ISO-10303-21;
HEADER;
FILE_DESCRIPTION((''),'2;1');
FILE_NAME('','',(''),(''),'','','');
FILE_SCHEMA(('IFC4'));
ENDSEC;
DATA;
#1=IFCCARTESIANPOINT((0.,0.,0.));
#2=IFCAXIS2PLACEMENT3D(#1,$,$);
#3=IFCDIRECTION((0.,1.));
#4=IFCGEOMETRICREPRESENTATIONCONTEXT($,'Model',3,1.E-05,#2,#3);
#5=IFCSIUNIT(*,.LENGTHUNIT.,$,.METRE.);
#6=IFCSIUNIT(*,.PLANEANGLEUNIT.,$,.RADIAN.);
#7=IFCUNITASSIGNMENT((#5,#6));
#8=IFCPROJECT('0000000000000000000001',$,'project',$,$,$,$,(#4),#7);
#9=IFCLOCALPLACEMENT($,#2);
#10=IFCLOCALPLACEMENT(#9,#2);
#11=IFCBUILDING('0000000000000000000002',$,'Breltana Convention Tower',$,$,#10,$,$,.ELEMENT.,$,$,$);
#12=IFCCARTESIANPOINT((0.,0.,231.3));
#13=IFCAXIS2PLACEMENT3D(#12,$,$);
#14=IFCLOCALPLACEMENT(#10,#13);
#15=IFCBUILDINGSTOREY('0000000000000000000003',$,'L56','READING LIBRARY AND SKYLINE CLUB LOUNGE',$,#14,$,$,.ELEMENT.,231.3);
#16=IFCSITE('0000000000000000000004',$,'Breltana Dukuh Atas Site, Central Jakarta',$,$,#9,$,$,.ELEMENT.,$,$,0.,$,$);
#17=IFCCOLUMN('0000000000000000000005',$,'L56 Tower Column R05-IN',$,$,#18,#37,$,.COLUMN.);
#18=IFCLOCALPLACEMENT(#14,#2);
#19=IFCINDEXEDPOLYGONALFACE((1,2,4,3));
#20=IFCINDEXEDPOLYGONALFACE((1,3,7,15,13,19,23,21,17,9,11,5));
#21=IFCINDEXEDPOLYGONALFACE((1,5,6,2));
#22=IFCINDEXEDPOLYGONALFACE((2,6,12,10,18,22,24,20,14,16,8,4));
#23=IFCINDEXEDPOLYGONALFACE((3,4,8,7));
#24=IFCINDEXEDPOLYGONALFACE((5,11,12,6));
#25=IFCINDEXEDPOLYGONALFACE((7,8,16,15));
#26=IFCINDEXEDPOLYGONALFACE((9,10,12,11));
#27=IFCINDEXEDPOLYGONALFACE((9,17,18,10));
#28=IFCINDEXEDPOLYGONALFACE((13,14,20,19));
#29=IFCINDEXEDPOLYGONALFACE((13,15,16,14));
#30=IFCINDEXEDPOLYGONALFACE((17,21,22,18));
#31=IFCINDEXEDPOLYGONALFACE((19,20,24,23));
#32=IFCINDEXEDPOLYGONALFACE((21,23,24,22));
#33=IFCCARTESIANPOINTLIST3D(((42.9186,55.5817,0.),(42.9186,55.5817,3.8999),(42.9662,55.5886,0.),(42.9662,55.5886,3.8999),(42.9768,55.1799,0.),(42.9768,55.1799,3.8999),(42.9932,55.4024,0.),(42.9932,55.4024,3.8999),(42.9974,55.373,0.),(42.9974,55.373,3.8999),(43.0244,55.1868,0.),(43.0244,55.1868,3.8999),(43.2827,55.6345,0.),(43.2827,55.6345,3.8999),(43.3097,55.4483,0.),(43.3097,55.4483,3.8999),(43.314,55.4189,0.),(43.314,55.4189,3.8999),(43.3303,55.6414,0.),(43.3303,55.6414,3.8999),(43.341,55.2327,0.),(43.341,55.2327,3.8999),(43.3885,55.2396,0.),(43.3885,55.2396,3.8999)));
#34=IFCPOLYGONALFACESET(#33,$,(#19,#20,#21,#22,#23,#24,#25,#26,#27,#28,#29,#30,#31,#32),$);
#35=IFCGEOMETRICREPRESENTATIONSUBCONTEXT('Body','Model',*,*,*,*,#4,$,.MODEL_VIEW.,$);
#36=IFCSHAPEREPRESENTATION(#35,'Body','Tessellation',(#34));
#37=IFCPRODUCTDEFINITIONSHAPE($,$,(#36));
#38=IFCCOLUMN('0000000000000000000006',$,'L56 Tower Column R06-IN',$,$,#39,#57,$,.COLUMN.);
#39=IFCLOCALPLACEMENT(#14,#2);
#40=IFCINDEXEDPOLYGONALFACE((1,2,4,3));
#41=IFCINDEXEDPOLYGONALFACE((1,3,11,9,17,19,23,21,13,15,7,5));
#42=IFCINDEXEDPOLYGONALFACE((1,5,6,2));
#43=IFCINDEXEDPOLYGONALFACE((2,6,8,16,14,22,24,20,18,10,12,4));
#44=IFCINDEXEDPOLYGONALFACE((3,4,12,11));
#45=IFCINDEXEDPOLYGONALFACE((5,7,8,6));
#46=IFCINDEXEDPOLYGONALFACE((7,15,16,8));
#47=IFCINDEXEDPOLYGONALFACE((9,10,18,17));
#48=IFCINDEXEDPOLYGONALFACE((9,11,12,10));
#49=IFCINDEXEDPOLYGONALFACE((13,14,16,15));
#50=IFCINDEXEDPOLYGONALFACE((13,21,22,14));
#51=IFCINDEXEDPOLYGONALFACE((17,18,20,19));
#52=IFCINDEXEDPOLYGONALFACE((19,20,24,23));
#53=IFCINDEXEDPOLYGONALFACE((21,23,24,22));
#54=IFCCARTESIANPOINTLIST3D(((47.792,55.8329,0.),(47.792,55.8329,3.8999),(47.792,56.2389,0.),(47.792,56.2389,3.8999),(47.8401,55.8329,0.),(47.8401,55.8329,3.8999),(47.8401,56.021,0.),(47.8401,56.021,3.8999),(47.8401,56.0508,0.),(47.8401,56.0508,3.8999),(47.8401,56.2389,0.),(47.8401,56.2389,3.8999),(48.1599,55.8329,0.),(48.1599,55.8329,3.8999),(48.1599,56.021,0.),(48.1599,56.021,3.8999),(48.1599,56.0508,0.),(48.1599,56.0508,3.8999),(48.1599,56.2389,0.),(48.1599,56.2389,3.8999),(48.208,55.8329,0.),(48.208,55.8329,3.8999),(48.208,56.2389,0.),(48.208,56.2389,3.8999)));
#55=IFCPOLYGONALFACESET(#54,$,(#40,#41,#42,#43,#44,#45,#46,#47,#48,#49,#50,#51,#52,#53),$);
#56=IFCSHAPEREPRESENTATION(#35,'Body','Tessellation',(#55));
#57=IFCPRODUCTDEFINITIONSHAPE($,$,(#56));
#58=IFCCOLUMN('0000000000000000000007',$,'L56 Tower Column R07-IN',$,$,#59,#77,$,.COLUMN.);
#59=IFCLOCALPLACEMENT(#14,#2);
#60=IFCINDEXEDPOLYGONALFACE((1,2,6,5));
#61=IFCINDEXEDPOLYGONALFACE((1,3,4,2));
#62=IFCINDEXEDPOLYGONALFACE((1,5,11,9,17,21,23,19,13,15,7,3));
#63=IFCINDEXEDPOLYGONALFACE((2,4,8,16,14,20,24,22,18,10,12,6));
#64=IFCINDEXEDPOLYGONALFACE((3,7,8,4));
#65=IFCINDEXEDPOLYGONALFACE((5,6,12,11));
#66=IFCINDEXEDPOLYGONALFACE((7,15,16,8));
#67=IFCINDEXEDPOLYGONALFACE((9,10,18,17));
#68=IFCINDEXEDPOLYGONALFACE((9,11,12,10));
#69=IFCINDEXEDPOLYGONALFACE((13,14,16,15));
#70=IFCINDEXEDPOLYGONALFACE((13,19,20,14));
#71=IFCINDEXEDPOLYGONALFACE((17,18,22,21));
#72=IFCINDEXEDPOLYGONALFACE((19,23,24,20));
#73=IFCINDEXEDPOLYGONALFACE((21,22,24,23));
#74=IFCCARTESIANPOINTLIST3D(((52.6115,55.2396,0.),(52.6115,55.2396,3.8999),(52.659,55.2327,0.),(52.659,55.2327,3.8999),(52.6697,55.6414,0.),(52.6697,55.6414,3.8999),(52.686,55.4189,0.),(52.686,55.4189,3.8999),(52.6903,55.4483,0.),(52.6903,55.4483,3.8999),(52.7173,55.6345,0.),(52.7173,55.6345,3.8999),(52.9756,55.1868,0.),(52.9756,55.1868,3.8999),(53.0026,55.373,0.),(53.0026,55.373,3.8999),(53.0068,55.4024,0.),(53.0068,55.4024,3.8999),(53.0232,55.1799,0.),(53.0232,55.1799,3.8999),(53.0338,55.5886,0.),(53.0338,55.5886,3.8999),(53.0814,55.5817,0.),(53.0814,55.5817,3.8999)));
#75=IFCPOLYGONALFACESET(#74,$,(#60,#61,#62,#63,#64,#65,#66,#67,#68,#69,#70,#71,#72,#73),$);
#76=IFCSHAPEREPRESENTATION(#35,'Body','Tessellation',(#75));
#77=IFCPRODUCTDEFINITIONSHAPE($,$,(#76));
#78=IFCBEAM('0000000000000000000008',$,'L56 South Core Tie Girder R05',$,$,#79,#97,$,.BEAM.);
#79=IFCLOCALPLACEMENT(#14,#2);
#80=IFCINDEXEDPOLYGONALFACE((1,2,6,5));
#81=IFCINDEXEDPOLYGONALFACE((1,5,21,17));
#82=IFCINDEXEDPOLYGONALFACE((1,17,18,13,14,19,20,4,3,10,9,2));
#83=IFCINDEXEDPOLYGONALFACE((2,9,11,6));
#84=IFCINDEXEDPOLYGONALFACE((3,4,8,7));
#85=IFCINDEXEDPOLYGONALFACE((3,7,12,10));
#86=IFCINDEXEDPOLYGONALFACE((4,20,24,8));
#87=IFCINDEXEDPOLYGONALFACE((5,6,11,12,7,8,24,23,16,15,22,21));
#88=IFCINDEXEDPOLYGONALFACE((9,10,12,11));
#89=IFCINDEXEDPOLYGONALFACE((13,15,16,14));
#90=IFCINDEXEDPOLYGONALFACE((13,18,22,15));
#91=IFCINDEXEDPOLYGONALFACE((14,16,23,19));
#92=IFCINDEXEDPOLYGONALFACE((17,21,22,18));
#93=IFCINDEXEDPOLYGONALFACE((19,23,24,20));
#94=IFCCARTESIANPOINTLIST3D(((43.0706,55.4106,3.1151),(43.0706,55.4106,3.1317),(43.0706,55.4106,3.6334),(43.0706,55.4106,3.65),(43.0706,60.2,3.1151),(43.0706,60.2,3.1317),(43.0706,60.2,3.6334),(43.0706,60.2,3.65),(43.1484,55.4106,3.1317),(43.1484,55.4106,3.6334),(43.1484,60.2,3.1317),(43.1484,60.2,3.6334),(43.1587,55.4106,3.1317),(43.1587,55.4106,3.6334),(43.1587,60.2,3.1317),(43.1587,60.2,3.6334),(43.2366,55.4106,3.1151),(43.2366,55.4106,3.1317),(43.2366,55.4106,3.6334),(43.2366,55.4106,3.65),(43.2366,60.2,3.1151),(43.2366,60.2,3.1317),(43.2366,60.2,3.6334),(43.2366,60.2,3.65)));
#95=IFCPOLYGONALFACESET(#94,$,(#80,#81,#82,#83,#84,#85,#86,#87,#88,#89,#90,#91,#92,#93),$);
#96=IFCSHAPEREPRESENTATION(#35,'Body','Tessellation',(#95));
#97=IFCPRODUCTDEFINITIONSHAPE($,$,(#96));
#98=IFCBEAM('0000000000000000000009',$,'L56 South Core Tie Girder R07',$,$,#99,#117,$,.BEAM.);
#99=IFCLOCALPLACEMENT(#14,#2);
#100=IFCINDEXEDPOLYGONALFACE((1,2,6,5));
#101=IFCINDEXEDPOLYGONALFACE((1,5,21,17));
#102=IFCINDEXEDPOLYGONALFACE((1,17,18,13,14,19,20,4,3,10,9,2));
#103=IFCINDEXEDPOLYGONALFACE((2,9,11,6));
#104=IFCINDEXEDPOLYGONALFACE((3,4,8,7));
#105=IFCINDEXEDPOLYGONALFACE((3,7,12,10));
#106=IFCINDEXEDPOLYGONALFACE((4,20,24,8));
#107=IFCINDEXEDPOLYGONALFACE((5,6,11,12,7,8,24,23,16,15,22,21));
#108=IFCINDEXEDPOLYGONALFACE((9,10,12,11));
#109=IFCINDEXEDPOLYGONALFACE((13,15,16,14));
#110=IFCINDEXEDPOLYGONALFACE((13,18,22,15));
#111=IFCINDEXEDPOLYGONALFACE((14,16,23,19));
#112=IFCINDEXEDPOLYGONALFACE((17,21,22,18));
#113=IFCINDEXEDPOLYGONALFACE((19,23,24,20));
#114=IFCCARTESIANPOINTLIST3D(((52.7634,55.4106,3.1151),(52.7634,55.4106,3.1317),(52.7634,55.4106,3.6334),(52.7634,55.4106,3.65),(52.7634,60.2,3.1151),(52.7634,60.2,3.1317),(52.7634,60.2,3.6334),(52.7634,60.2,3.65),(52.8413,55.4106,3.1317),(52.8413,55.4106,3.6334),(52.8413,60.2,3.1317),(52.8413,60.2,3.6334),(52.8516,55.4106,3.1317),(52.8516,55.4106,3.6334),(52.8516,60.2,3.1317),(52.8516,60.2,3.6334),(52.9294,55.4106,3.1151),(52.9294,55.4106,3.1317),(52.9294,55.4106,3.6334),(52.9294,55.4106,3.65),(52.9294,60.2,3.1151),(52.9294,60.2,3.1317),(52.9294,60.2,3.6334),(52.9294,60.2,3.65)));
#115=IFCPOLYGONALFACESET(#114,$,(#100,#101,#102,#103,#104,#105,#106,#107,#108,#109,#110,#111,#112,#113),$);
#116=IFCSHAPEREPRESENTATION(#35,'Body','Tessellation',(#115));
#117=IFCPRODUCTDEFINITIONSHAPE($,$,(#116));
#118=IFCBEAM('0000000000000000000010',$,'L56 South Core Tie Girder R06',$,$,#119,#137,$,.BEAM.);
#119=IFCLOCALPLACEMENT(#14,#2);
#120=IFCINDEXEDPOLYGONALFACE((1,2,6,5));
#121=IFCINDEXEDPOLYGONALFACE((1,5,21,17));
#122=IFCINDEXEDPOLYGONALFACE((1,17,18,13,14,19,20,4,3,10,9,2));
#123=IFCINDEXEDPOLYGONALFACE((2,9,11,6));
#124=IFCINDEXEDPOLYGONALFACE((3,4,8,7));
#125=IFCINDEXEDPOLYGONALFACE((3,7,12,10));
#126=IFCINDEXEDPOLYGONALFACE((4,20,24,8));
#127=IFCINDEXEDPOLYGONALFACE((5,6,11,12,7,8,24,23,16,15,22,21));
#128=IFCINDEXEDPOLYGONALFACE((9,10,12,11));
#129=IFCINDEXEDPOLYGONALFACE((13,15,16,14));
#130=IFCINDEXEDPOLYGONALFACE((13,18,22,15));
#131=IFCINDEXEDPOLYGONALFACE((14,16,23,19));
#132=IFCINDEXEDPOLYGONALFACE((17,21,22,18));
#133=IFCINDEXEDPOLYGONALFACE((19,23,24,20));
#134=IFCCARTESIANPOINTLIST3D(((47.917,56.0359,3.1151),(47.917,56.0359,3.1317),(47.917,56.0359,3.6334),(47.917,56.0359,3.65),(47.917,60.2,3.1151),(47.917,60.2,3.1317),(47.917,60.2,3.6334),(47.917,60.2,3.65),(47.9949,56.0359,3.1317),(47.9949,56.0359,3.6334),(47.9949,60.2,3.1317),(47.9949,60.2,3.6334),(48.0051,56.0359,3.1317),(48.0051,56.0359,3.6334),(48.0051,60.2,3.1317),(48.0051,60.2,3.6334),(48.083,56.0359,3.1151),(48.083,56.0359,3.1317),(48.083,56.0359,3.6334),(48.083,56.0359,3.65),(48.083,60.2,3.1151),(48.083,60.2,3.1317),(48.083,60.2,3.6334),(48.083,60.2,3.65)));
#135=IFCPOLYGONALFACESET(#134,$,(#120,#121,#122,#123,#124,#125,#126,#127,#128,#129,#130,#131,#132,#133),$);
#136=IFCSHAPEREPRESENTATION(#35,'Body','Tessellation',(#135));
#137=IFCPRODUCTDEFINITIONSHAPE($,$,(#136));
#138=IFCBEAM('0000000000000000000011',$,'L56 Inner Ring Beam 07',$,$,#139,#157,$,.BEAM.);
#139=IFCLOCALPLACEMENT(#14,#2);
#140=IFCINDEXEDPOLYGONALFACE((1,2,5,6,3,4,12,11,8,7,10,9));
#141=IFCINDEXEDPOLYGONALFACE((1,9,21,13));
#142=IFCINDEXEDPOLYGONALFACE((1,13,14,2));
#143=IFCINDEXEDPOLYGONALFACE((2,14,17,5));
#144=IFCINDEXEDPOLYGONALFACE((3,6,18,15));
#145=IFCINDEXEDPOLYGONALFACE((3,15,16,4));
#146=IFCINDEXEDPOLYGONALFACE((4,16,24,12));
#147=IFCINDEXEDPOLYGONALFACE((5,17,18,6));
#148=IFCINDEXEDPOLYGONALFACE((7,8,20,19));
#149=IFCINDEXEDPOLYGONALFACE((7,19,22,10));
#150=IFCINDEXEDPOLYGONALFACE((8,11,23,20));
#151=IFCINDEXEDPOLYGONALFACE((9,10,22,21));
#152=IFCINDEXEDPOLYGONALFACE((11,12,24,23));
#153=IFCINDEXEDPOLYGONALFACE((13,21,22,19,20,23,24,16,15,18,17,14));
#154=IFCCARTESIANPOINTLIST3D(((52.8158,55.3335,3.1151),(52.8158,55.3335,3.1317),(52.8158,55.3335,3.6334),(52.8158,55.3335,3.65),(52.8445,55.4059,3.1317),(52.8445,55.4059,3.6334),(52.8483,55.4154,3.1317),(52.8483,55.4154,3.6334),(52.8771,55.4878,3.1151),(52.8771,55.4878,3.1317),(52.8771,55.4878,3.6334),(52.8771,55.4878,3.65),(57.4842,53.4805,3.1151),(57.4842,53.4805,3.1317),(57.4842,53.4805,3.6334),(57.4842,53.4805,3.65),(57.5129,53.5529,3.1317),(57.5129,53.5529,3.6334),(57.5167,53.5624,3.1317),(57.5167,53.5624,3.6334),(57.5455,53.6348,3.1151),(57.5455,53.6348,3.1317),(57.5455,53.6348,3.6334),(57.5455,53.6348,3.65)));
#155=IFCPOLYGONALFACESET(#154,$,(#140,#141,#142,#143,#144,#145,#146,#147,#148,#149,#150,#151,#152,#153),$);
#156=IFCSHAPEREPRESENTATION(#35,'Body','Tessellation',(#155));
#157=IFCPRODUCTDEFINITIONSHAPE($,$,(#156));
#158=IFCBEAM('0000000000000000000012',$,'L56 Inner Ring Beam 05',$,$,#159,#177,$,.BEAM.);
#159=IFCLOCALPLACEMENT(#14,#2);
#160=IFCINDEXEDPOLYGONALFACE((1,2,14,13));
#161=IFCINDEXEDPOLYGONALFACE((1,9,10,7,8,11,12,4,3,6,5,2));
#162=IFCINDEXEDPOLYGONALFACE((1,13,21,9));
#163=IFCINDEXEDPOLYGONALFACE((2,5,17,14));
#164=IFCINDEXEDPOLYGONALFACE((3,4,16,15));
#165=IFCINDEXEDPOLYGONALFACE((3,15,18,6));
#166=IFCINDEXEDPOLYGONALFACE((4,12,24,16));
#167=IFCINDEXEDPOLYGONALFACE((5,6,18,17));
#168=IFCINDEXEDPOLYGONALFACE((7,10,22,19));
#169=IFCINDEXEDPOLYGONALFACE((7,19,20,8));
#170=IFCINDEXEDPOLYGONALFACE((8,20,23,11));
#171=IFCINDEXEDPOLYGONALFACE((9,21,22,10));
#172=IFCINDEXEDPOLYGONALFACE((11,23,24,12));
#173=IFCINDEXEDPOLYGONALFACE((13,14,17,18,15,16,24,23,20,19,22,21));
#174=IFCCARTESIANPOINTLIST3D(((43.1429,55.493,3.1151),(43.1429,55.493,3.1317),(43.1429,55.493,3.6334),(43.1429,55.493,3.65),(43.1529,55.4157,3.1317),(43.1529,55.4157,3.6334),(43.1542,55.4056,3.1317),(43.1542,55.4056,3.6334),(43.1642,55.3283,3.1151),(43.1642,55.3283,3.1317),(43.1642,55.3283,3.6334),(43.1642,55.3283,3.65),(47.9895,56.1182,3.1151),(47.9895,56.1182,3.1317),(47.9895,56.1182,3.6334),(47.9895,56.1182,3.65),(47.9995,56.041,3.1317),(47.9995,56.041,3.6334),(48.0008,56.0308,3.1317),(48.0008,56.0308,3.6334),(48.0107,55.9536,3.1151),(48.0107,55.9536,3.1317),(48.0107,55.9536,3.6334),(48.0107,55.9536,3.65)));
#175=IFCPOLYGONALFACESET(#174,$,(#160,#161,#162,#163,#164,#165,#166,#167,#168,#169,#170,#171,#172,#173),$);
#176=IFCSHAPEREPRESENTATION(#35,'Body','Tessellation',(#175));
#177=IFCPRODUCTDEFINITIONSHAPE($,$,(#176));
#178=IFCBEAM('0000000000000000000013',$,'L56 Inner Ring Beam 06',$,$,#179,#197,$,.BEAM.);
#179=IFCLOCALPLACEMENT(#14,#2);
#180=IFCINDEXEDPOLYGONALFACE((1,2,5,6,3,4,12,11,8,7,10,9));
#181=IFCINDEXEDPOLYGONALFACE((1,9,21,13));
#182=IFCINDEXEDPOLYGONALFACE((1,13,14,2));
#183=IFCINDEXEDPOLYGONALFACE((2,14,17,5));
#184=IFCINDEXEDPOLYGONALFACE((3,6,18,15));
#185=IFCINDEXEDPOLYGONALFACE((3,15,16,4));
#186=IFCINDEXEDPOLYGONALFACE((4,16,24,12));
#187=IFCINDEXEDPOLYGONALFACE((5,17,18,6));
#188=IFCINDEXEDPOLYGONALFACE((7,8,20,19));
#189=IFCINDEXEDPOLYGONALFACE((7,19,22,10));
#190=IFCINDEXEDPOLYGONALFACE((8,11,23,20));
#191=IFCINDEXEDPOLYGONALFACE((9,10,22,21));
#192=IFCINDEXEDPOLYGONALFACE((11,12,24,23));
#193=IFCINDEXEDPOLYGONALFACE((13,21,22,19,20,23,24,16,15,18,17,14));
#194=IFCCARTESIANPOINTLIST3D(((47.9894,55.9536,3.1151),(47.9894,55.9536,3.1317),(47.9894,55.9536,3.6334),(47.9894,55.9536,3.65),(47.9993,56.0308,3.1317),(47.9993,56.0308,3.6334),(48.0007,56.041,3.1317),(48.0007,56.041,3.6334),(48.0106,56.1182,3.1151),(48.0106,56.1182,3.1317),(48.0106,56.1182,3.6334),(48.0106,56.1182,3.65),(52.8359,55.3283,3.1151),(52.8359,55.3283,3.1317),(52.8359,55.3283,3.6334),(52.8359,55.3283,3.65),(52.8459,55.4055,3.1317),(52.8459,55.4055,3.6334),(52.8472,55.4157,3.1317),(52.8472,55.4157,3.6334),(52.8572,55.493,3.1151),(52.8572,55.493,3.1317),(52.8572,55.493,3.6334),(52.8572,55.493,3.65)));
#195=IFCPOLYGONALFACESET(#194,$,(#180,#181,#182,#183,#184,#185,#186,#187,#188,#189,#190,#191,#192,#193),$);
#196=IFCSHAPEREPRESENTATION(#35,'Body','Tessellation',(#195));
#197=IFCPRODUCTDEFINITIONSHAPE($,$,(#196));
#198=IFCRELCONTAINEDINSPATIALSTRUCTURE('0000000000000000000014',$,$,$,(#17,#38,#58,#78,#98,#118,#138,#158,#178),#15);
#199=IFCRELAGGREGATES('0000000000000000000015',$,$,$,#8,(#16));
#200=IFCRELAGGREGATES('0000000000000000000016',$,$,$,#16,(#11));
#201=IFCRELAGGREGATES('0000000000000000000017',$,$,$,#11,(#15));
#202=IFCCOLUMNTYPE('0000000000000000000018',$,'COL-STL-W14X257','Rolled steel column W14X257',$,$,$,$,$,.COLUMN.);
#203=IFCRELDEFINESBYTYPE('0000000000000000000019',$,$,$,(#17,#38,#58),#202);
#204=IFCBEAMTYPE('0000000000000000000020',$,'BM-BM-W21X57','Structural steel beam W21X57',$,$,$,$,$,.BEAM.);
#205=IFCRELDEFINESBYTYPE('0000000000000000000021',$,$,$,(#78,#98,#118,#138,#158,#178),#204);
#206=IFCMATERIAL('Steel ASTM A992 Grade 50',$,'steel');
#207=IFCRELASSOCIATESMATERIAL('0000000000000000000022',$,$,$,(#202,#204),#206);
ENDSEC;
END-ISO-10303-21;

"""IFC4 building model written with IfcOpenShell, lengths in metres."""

from ifc_helpers import new_model, si_unit, direction, frame, origin, origin_2d, place, context, subcontext, project, spatial, i_section, extrude, source, transform, mapped, material, material_profile, profile_set, type_object, element, save


model = new_model("IFC4")

# Units and contexts
model_context = context("Model", 3, precision=1e-05, world=origin(), true_north=direction((0.0, 1.0)))
body_context = subcontext(model_context, "Body", "Model", "MODEL_VIEW")
ifc_project = project(units=[si_unit("LENGTHUNIT", "METRE"), si_unit("PLANEANGLEUNIT", "RADIAN")], contexts=[model_context])

# Site, building, storey
site_placement = place(None, origin())
site = spatial("IfcSite", under=ifc_project, at=site_placement, Name="Breltana Dukuh Atas Site, Central Jakarta", CompositionType="ELEMENT", RefElevation=0.0)
building_placement = place(site_placement, origin())
building = spatial("IfcBuilding", under=site, at=building_placement, Name="Breltana Convention Tower", CompositionType="ELEMENT")
storey_placement = place(building_placement, frame((0.0, 0.0, 231.3)))
storey = spatial("IfcBuildingStorey", under=building, at=storey_placement, Name="L56", Description="READING LIBRARY AND SKYLINE CLUB LOUNGE", CompositionType="ELEMENT", Elevation=231.3)

# Columns
ifc_material_1 = material(Name="Steel ASTM A992 Grade 50", Category="steel")
ifc_material_profile_1 = material_profile(ifc_material_1, i_section(OverallWidth=0.406, OverallDepth=0.416, WebThickness=0.0298, FlangeThickness=0.0481, at=origin_2d()), Name="W14X257")
ifc_profile_set_1 = profile_set([ifc_material_profile_1], Name="Steel ASTM A992 Grade 50")
column_type = type_object("IfcColumnType", Name="COL-STL-W14X257", Description="Rolled steel column W14X257", PredefinedType="COLUMN", material=ifc_profile_set_1)
shared_shape_1 = source(origin(), body_context, "Body", "SweptSolid", [
    extrude(i_section(OverallWidth=0.406, OverallDepth=0.416, WebThickness=0.0298, FlangeThickness=0.0481, at=origin_2d()), origin(), (0.0, 0.0, 1.0), 3.8999),
])
for number, where, z_axis, x_axis, name in (
    (1, (43.1536, 55.4106, 0.0), (0.0, 0.0, 1.0), (-0.143493, 0.989651, 0.0), "L56 Tower Column R05-IN"),
    (2, (48.0, 56.0359, 0.0), (0.0, 0.0, 1.0), (0.0, 1.0, 0.0), "L56 Tower Column R06-IN"),
    (3, (52.8464, 55.4106, 0.0), (0.0, 0.0, 1.0), (0.143493, 0.989651, 0.0), "L56 Tower Column R07-IN"),
):
    element("IfcColumn", number, at=place(storey_placement, frame(where, z_axis=z_axis, x_axis=x_axis)), inside=storey, type_object=column_type, Name=name, PredefinedType="COLUMN", context=body_context, shape_type="MappedRepresentation", body=[
        mapped(shared_shape_1, transform((0.0, 0.0, 0.0), scale=1.0)),
    ])

# Beams
ifc_material_profile_2 = material_profile(ifc_material_1, i_section(OverallWidth=0.166, OverallDepth=0.5349, WebThickness=0.0103, FlangeThickness=0.0166, at=origin_2d()), Name="W21X57")
ifc_profile_set_2 = profile_set([ifc_material_profile_2], Name="Steel ASTM A992 Grade 50")
beam_type_1 = type_object("IfcBeamType", Name="BM-BM-W21X57", Description="Structural steel beam W21X57", PredefinedType="BEAM", material=ifc_profile_set_2)
shared_shape_2 = source(origin(), body_context, "Body", "SweptSolid", [
    extrude(i_section(OverallWidth=0.166, OverallDepth=0.5349, WebThickness=0.0103, FlangeThickness=0.0166, at=origin_2d()), origin(), (0.0, 0.0, 1.0), 4.7893),
])
for number, where, z_axis, x_axis, name in (
    (4, (43.1536, 60.2, 3.3826), (0.0, -1.0, 0.0), (1.0, 0.0, 0.0), "L56 South Core Tie Girder R05"),
    (5, (52.8464, 60.2, 3.3826), (0.0, -1.0, 0.0), (1.0, 0.0, 0.0), "L56 South Core Tie Girder R07"),
):
    element("IfcBeam", number, at=place(storey_placement, frame(where, z_axis=z_axis, x_axis=x_axis)), inside=storey, type_object=beam_type_1, Name=name, PredefinedType="BEAM", context=body_context, shape_type="MappedRepresentation", body=[
        mapped(shared_shape_2, transform((0.0, 0.0, 0.0), scale=1.0)),
    ])
shared_shape_3 = source(origin(), body_context, "Body", "SweptSolid", [
    extrude(i_section(OverallWidth=0.166, OverallDepth=0.5349, WebThickness=0.0103, FlangeThickness=0.0166, at=origin_2d()), origin(), (0.0, 0.0, 1.0), 4.1641),
])
beam_1_placement = place(storey_placement, frame((48.0, 60.2, 3.3826), z_axis=(0.0, -1.0, 0.0), x_axis=(1.0, 0.0, 0.0)))
element("IfcBeam", 6, at=beam_1_placement, inside=storey, type_object=beam_type_1, Name="L56 South Core Tie Girder R06", PredefinedType="BEAM", context=body_context, shape_type="MappedRepresentation", body=[
    mapped(shared_shape_3, transform((0.0, 0.0, 0.0), scale=1.0)),
])
shared_shape_4 = source(origin(), body_context, "Body", "SweptSolid", [
    extrude(i_section(OverallWidth=0.166, OverallDepth=0.5349, WebThickness=0.0103, FlangeThickness=0.0166, at=origin_2d()), origin(), (0.0, 0.0, 1.0), 5.0227),
])
beam_2_placement = place(storey_placement, frame((52.8464, 55.4106, 3.3826), z_axis=(0.929459, -0.368926, 0.0), x_axis=(0.368926, 0.929459, 0.0)))
element("IfcBeam", 7, at=beam_2_placement, inside=storey, type_object=beam_type_1, Name="L56 Inner Ring Beam 07", PredefinedType="BEAM", context=body_context, shape_type="MappedRepresentation", body=[
    mapped(shared_shape_4, transform((0.0, 0.0, 0.0), scale=1.0)),
])
shared_shape_5 = source(origin(), body_context, "Body", "SweptSolid", [
    extrude(i_section(OverallWidth=0.166, OverallDepth=0.5349, WebThickness=0.0103, FlangeThickness=0.0166, at=origin_2d()), origin(), (0.0, 0.0, 1.0), 4.8867),
])
for number, where, z_axis, x_axis, name in (
    (8, (43.1536, 55.4106, 3.3826), (0.991781, 0.127951, 0.0), (-0.127951, 0.991781, 0.0), "L56 Inner Ring Beam 05"),
    (9, (48.0, 56.0359, 3.3826), (0.991781, -0.127951, 0.0), (0.127951, 0.991781, 0.0), "L56 Inner Ring Beam 06"),
):
    element("IfcBeam", number, at=place(storey_placement, frame(where, z_axis=z_axis, x_axis=x_axis)), inside=storey, type_object=beam_type_1, Name=name, PredefinedType="BEAM", context=body_context, shape_type="MappedRepresentation", body=[
        mapped(shared_shape_5, transform((0.0, 0.0, 0.0), scale=1.0)),
    ])

save(model, "model.ifc")
